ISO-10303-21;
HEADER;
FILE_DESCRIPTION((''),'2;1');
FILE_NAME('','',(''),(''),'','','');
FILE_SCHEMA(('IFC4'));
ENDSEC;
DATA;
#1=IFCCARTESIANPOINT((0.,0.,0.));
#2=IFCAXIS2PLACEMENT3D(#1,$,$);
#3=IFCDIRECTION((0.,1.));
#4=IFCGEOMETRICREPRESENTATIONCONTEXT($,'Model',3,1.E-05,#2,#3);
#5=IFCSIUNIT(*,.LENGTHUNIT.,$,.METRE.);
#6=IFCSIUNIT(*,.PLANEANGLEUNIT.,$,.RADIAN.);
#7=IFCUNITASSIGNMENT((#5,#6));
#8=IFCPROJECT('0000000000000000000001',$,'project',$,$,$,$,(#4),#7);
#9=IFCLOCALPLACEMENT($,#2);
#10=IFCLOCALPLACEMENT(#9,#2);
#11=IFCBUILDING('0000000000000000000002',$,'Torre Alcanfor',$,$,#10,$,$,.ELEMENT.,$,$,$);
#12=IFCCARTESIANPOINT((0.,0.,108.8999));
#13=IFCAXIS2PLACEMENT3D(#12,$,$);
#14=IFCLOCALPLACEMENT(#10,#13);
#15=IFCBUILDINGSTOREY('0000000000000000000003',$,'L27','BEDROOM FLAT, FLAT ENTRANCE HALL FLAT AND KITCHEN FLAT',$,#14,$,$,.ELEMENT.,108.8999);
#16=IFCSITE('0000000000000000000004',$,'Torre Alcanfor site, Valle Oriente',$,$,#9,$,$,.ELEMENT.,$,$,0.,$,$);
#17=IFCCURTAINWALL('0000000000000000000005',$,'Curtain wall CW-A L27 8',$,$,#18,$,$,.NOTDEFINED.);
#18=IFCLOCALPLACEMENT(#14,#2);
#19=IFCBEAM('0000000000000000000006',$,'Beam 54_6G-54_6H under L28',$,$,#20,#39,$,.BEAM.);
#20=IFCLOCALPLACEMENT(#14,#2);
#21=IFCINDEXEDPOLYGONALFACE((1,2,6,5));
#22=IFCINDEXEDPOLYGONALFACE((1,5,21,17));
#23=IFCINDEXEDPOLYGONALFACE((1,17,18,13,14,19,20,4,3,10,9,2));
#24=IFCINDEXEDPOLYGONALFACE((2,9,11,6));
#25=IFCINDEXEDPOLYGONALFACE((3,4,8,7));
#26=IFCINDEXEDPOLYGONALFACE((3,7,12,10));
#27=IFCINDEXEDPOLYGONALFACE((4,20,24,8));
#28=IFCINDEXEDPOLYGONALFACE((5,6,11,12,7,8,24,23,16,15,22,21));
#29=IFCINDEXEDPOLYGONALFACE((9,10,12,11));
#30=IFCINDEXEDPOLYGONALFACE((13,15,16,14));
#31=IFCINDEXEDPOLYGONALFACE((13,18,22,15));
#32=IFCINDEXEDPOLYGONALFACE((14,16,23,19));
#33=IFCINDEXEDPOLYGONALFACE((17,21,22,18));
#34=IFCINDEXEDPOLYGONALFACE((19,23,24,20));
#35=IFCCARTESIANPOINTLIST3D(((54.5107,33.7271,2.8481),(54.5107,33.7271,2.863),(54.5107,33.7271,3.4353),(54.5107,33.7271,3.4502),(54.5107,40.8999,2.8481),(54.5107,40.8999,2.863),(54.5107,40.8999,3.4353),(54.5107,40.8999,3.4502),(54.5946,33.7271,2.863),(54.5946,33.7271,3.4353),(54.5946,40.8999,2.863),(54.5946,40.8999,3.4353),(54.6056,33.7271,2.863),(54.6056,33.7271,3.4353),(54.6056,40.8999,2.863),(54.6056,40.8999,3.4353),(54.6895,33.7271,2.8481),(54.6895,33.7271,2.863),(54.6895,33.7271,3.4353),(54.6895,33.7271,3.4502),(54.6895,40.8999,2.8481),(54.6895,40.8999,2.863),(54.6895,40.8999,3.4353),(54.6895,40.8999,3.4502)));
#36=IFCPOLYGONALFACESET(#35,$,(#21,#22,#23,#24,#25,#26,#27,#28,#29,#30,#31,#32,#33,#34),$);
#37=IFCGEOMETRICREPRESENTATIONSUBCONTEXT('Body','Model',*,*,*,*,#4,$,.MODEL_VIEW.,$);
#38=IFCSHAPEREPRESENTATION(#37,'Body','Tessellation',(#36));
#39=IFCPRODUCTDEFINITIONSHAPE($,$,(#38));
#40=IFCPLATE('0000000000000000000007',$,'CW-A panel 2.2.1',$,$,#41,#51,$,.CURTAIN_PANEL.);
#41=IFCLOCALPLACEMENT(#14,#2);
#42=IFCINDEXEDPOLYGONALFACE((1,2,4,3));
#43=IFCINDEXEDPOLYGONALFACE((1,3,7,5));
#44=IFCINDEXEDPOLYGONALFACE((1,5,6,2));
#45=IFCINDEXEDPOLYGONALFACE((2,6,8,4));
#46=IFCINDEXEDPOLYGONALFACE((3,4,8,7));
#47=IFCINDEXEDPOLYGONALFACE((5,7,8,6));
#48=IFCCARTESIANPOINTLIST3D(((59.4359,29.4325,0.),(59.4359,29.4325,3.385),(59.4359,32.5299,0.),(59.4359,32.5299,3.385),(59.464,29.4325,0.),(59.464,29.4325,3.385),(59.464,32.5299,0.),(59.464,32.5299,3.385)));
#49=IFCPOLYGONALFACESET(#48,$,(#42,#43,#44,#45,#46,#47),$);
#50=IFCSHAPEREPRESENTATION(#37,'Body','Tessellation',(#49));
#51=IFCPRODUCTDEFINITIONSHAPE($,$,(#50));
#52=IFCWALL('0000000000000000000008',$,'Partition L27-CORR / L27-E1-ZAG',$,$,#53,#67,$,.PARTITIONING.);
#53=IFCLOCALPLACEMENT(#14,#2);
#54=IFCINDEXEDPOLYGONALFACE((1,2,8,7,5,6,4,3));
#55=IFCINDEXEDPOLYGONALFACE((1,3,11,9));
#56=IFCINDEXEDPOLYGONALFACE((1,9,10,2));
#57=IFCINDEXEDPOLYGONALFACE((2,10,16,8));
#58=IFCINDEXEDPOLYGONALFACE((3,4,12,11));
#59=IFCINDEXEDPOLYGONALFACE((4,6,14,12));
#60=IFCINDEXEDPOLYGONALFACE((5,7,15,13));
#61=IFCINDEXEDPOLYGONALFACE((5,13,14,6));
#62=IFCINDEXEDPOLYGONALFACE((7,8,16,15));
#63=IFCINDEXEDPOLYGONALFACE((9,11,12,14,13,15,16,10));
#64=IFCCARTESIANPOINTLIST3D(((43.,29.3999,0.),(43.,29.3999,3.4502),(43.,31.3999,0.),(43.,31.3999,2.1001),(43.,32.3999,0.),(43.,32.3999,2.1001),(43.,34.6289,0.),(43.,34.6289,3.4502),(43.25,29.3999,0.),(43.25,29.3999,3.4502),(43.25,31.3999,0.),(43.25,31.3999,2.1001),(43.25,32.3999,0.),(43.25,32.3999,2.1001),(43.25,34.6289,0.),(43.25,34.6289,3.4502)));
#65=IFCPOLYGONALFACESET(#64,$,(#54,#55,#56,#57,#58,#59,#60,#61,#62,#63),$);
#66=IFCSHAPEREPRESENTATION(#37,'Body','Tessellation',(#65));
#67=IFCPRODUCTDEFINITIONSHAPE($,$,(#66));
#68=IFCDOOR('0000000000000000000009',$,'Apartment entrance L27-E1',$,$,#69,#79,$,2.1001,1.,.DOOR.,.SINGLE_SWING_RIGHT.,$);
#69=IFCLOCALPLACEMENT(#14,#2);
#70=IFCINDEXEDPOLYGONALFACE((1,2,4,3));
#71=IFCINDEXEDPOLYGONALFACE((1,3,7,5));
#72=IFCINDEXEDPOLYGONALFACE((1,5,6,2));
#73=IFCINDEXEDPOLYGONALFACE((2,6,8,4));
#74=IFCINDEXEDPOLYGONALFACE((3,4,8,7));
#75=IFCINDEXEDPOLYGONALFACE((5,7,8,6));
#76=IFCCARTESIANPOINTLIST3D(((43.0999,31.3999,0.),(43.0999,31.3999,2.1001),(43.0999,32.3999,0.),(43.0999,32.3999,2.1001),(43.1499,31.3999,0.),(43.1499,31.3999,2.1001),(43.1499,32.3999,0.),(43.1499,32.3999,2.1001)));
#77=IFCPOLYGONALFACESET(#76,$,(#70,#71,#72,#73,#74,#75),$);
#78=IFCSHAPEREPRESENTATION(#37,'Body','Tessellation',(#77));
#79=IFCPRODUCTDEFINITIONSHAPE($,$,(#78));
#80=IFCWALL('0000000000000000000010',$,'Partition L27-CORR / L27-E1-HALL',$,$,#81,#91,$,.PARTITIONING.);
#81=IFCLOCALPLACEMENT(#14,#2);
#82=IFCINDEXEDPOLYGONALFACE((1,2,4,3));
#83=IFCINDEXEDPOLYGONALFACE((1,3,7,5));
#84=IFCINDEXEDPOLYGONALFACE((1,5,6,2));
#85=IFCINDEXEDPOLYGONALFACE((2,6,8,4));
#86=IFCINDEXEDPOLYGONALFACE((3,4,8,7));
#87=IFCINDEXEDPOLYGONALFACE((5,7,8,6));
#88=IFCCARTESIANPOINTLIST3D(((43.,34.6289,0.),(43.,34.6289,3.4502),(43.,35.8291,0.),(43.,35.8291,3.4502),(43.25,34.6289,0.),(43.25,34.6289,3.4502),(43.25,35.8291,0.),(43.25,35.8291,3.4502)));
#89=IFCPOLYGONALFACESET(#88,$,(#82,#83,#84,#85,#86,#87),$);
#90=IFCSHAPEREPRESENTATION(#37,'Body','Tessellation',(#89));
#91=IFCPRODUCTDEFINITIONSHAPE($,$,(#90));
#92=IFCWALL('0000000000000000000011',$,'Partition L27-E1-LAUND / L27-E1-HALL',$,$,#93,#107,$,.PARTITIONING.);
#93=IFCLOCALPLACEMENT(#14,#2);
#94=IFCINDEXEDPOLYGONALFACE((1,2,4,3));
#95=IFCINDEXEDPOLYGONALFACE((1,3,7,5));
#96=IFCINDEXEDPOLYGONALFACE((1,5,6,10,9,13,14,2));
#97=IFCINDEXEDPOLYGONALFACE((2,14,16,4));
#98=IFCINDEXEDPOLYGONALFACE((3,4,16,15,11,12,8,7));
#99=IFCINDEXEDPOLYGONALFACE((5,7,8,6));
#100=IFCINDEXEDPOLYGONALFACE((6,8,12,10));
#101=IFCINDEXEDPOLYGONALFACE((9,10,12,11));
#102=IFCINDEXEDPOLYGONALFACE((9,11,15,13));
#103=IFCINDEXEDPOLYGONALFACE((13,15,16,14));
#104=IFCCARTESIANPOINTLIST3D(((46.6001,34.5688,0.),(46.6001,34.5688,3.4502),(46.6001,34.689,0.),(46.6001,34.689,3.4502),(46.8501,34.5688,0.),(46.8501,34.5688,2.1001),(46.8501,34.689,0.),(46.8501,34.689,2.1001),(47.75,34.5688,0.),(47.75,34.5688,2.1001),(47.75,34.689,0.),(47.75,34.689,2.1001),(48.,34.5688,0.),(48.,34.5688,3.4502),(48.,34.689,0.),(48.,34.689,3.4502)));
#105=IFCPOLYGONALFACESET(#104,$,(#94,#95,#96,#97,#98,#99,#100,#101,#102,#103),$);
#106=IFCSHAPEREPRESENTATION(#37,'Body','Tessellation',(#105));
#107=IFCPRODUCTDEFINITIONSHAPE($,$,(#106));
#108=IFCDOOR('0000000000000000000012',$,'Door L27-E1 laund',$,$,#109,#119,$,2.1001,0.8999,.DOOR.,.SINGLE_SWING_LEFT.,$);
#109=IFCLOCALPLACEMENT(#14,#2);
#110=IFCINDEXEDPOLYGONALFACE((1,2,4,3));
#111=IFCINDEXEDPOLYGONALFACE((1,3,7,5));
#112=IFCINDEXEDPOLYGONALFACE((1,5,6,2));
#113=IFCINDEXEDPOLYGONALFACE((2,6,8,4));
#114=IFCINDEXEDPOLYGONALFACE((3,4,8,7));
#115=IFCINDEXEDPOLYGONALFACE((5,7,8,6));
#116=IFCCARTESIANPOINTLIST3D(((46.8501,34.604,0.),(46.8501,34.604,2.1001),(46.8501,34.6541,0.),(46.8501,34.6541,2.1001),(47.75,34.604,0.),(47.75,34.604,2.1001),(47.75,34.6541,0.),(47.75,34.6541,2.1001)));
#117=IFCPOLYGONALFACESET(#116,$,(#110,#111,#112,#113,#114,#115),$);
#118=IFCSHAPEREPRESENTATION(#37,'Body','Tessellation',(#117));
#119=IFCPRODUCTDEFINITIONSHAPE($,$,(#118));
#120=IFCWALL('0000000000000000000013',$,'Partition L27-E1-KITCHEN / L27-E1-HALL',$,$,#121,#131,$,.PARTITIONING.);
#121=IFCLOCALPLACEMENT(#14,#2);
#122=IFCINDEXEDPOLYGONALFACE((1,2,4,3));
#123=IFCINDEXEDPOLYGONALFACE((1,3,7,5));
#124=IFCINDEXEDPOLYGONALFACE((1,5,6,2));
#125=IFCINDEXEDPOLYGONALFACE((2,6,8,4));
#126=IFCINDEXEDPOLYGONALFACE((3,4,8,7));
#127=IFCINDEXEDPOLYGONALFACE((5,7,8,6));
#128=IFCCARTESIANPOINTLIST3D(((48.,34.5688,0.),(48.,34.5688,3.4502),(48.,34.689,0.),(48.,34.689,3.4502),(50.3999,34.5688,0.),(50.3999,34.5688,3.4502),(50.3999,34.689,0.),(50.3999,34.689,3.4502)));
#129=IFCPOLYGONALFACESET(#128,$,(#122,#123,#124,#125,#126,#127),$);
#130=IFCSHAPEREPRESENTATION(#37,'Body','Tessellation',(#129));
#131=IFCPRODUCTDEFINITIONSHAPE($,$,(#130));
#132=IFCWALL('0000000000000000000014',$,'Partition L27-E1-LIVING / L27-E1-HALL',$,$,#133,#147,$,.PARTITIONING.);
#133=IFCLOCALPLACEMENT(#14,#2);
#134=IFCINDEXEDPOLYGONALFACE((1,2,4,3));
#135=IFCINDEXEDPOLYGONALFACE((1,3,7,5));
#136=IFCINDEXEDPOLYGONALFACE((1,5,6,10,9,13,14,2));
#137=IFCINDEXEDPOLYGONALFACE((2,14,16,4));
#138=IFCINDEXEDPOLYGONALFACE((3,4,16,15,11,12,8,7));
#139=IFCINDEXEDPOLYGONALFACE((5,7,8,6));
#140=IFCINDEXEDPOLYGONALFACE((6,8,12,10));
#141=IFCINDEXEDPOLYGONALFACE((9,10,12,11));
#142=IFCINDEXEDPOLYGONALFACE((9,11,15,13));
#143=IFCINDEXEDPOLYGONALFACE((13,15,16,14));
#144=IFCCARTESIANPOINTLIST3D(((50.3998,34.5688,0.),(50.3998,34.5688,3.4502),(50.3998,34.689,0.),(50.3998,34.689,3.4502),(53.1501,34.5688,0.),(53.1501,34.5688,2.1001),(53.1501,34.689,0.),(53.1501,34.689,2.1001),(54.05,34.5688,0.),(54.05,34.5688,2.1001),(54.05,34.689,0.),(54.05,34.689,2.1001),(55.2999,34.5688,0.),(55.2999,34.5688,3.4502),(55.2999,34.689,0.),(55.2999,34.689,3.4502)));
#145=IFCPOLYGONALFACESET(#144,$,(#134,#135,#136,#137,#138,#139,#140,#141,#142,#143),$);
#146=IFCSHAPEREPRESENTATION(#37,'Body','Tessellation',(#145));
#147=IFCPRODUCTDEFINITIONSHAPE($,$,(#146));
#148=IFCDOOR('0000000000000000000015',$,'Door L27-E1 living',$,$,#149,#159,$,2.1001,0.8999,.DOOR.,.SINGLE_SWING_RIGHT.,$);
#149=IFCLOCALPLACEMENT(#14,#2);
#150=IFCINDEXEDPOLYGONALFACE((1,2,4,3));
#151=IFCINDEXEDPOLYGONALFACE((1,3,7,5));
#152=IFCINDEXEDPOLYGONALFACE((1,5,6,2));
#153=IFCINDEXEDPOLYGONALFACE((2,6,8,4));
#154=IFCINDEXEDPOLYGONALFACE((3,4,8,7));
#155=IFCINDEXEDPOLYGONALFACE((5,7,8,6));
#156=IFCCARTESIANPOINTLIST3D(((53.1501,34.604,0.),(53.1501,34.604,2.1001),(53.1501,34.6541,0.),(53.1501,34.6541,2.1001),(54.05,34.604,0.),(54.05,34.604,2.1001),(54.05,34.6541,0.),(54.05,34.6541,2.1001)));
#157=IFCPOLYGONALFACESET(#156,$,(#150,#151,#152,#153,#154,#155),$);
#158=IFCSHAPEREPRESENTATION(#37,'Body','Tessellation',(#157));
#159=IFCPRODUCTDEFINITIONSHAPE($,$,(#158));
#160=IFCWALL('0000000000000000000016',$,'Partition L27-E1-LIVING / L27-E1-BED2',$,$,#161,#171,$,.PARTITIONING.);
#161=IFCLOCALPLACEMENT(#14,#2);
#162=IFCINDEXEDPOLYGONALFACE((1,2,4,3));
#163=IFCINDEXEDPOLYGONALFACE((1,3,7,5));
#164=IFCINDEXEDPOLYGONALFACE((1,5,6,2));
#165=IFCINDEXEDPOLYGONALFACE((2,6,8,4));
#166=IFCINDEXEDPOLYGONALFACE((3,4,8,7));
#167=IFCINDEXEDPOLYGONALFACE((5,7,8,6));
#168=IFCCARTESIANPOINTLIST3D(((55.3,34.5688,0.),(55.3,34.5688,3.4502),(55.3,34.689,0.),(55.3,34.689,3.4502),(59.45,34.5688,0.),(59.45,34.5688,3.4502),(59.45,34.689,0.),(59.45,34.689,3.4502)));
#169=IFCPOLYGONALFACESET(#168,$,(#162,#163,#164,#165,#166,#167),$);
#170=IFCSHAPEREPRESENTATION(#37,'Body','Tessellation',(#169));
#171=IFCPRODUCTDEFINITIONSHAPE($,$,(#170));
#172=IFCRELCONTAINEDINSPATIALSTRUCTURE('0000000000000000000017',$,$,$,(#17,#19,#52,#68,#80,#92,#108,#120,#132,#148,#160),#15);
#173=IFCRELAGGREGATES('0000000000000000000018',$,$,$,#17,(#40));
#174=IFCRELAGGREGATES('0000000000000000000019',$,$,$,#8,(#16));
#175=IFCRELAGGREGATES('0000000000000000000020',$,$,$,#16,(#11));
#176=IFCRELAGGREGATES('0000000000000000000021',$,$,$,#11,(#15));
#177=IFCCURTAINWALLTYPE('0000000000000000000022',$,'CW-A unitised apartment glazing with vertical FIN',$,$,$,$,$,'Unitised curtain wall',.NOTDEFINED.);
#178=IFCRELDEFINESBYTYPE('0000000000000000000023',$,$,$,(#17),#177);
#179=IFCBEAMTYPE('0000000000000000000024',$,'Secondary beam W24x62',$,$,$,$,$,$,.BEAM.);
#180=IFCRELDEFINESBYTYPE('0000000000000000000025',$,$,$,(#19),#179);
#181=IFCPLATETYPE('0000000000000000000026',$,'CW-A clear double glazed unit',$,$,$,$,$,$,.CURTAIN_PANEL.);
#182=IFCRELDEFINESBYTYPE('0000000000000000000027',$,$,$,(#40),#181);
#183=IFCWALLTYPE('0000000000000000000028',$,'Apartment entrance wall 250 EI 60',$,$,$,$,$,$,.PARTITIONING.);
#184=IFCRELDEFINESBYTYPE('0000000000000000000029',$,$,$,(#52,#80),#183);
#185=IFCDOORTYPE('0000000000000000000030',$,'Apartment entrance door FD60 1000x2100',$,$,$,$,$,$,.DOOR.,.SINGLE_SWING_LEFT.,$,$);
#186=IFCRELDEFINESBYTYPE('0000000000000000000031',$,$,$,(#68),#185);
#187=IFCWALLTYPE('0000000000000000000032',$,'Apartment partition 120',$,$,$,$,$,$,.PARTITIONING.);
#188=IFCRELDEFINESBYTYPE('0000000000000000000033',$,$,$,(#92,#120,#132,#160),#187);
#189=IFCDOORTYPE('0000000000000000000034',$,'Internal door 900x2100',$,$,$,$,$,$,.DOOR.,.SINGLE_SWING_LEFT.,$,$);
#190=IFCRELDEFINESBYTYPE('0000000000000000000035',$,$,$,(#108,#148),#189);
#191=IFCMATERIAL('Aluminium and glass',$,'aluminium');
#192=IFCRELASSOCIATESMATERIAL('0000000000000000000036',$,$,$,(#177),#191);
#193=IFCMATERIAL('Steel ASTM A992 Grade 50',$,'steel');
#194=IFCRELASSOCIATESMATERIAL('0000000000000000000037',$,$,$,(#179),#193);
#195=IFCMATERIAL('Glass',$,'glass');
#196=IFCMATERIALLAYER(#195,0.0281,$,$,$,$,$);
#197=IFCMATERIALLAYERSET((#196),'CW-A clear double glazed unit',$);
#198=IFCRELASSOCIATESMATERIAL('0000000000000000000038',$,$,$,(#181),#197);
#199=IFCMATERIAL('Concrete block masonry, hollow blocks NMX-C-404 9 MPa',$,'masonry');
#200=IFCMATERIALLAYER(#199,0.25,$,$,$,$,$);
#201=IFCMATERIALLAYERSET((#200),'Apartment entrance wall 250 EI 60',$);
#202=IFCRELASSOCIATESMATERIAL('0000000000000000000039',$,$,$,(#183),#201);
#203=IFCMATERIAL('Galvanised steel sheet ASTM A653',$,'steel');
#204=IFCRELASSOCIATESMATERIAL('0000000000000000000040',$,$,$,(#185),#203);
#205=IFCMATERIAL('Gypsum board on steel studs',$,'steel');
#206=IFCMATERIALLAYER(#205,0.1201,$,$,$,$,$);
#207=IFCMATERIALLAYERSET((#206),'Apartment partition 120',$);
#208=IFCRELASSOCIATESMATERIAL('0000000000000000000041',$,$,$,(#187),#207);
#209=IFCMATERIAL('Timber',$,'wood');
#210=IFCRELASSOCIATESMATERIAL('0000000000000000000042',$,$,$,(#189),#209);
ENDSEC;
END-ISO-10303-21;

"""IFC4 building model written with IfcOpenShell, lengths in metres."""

from ifc_helpers import new_model, si_unit, direction, frame, frame_2d, origin, origin_2d, place, context, subcontext, project, spatial, rectangle, i_section, extrude, material, layer, layer_set, material_profile, profile_set, type_object, element, fill, aggregate, save


model = new_model("IFC4")

# Units and contexts
model_context = context("Model", 3, precision=1e-05, world=origin(), true_north=direction((0.0, 1.0)))
body_context = subcontext(model_context, "Body", "Model", "MODEL_VIEW")
ifc_project = project(units=[si_unit("LENGTHUNIT", "METRE"), si_unit("PLANEANGLEUNIT", "RADIAN")], contexts=[model_context])

# Site, building, storey
site_placement = place(None, origin())
site = spatial("IfcSite", under=ifc_project, at=site_placement, Name="Torre Alcanfor site, Valle Oriente", CompositionType="ELEMENT", RefElevation=0.0)
building_placement = place(site_placement, origin())
building = spatial("IfcBuilding", under=site, at=building_placement, Name="Torre Alcanfor", CompositionType="ELEMENT")
storey_placement = place(building_placement, frame((0.0, 0.0, 108.8999)))
storey = spatial("IfcBuildingStorey", under=building, at=storey_placement, Name="L27", Description="BEDROOM FLAT, FLAT ENTRANCE HALL FLAT AND KITCHEN FLAT", CompositionType="ELEMENT", Elevation=108.8999)

# Curtain wall
ifc_material_1 = material(Name="Aluminium and glass", Category="aluminium")
curtain_wall_type = type_object("IfcCurtainWallType", Name="CW-A unitised apartment glazing with vertical FIN", ElementType="Unitised curtain wall", PredefinedType="NOTDEFINED", material=ifc_material_1)
curtain_wall_placement = place(storey_placement, origin())
curtain_wall = element("IfcCurtainWall", 1, at=curtain_wall_placement, inside=storey, type_object=curtain_wall_type, Name="Curtain wall CW-A L27 8", PredefinedType="NOTDEFINED")

# Beam
ifc_material_2 = material(Name="Steel ASTM A992 Grade 50", Category="steel")
ifc_material_profile_1 = material_profile(ifc_material_2, i_section(OverallWidth=0.1787, OverallDepth=0.6021, WebThickness=0.011, FlangeThickness=0.0149, at=origin_2d()), Name="W24x62")
ifc_profile_set_1 = profile_set([ifc_material_profile_1], Name="Steel ASTM A992 Grade 50")
beam_type_1 = type_object("IfcBeamType", Name="Secondary beam W24x62", PredefinedType="BEAM", material=ifc_profile_set_1)
for number, where, z_axis, x_axis, name in (
    (2, (54.6001, 33.7271, 3.1492), (0.0, 1.0, 0.0), (-1.0, 0.0, 0.0), "Beam 54_6G-54_6H under L28"),
):
    element("IfcBeam", number, at=place(storey_placement, frame(where, z_axis=z_axis, x_axis=x_axis)), inside=storey, type_object=beam_type_1, Name=name, PredefinedType="BEAM", context=body_context, shape_type="SweptSolid", body=[
        extrude(i_section(OverallWidth=0.1787, OverallDepth=0.6021, WebThickness=0.011, FlangeThickness=0.0149, at=origin_2d()), origin(), (0.0, 0.0, 1.0), 7.1729),
    ])

# Plate
ifc_material_3 = material(Name="Glass", Category="glass")
ifc_layer_1 = layer(ifc_material_3, 0.0281)
ifc_layer_set_1 = layer_set([ifc_layer_1], Name="CW-A clear double glazed unit")
plate_type = type_object("IfcPlateType", Name="CW-A clear double glazed unit", PredefinedType="CURTAIN_PANEL", material=ifc_layer_set_1)
plate_placement = place(storey_placement, frame((59.45, 30.9812, 0.0), z_axis=(0.0, 0.0, 1.0), x_axis=(0.0, 1.0, 0.0)))
plate = element("IfcPlate", 3, at=plate_placement, type_object=plate_type, Name="CW-A panel 2.2.1", PredefinedType="CURTAIN_PANEL", context=body_context, shape_type="SweptSolid", body=[
    extrude(rectangle(XDim=3.0974, YDim=0.0281, at=origin_2d()), origin(), (0.0, 0.0, 1.0), 3.385),
])
aggregate(curtain_wall, [plate])

# Wall, opening, door
ifc_material_4 = material(Name="Concrete block masonry, hollow blocks NMX-C-404 9 MPa", Category="masonry")
ifc_layer_2 = layer(ifc_material_4, 0.25)
ifc_layer_set_2 = layer_set([ifc_layer_2], Name="Apartment entrance wall 250 EI 60")
wall_type_1 = type_object("IfcWallType", Name="Apartment entrance wall 250 EI 60", PredefinedType="PARTITIONING", material=ifc_layer_set_2)
wall_1_placement = place(storey_placement, frame((43.125, 34.6289, 0.0), z_axis=(0.0, 0.0, 1.0), x_axis=(0.0, -1.0, 0.0)))
wall_1 = element("IfcWall", 4, at=wall_1_placement, inside=storey, type_object=wall_type_1, Name="Partition L27-CORR / L27-E1-ZAG", PredefinedType="PARTITIONING", context=body_context, shape_type="SweptSolid", body=[
    extrude(rectangle(XDim=5.229, YDim=0.25, at=frame_2d((2.6145, 0.0))), origin(), (0.0, 0.0, 1.0), 3.4502),
])
opening_1_placement = place(wall_1_placement, frame((2.229, 0.0, 0.0)))
opening_1 = element("IfcOpeningElement", 5, at=opening_1_placement, cuts=wall_1, PredefinedType="OPENING", context=body_context, shape_type="SweptSolid", body=[
    extrude(rectangle(XDim=1.0, YDim=2.1001, at=frame_2d((0.5, 1.05))), frame((0.0, 0.135, 0.0), z_axis=(0.0, -1.0, 0.0), x_axis=(1.0, 0.0, 0.0)), (0.0, 0.0, 1.0), 0.27),
])
ifc_material_5 = material(Name="Galvanised steel sheet ASTM A653", Category="steel")
door_type_1 = type_object("IfcDoorType", Name="Apartment entrance door FD60 1000x2100", OperationType="SINGLE_SWING_LEFT", PredefinedType="DOOR", material=ifc_material_5)
door_1_placement = place(opening_1_placement, origin())
door_1 = element("IfcDoor", 6, at=door_1_placement, inside=storey, type_object=door_type_1, Name="Apartment entrance L27-E1", OperationType="SINGLE_SWING_RIGHT", OverallHeight=2.1001, OverallWidth=1.0, PredefinedType="DOOR", context=body_context, shape_type="SweptSolid", body=[
    extrude(rectangle(XDim=1.0, YDim=2.1001, at=frame_2d((0.5, 1.05))), frame((0.0, 0.0249, 0.0), z_axis=(0.0, -1.0, 0.0), x_axis=(1.0, 0.0, 0.0)), (0.0, 0.0, 1.0), 0.05),
])
fill(opening_1, door_1)

# Wall
wall_2_placement = place(storey_placement, frame((43.125, 35.8291, 0.0), z_axis=(0.0, 0.0, 1.0), x_axis=(0.0, -1.0, 0.0)))
element("IfcWall", 7, at=wall_2_placement, inside=storey, type_object=wall_type_1, Name="Partition L27-CORR / L27-E1-HALL", PredefinedType="PARTITIONING", context=body_context, shape_type="SweptSolid", body=[
    extrude(rectangle(XDim=1.2002, YDim=0.25, at=frame_2d((0.6001, 0.0))), origin(), (0.0, 0.0, 1.0), 3.4502),
])

# Wall, opening, door
ifc_material_6 = material(Name="Gypsum board on steel studs", Category="steel")
ifc_layer_3 = layer(ifc_material_6, 0.1201)
ifc_layer_set_3 = layer_set([ifc_layer_3], Name="Apartment partition 120")
wall_type_2 = type_object("IfcWallType", Name="Apartment partition 120", PredefinedType="PARTITIONING", material=ifc_layer_set_3)
wall_3_placement = place(storey_placement, frame((48.0, 34.6289, 0.0), z_axis=(0.0, 0.0, 1.0), x_axis=(-1.0, 0.0, 0.0)))
wall_3 = element("IfcWall", 8, at=wall_3_placement, inside=storey, type_object=wall_type_2, Name="Partition L27-E1-LAUND / L27-E1-HALL", PredefinedType="PARTITIONING", context=body_context, shape_type="SweptSolid", body=[
    extrude(rectangle(XDim=1.3999, YDim=0.1201, at=frame_2d((0.7, 0.0))), origin(), (0.0, 0.0, 1.0), 3.4502),
])
opening_2_placement = place(wall_3_placement, frame((0.25, 0.0, 0.0)))
opening_2 = element("IfcOpeningElement", 9, at=opening_2_placement, cuts=wall_3, PredefinedType="OPENING", context=body_context, shape_type="SweptSolid", body=[
    extrude(rectangle(XDim=0.8999, YDim=2.1001, at=frame_2d((0.45, 1.05))), frame((0.0, 0.0701, 0.0), z_axis=(0.0, -1.0, 0.0), x_axis=(1.0, 0.0, 0.0)), (0.0, 0.0, 1.0), 0.1401),
])
ifc_material_7 = material(Name="Timber", Category="wood")
door_type_2 = type_object("IfcDoorType", Name="Internal door 900x2100", OperationType="SINGLE_SWING_LEFT", PredefinedType="DOOR", material=ifc_material_7)
door_2_placement = place(opening_2_placement, origin())
door_2 = element("IfcDoor", 10, at=door_2_placement, inside=storey, type_object=door_type_2, Name="Door L27-E1 laund", OperationType="SINGLE_SWING_LEFT", OverallHeight=2.1001, OverallWidth=0.8999, PredefinedType="DOOR", context=body_context, shape_type="SweptSolid", body=[
    extrude(rectangle(XDim=0.8999, YDim=2.1001, at=frame_2d((0.45, 1.05))), frame((0.0, 0.0249, 0.0), z_axis=(0.0, -1.0, 0.0), x_axis=(1.0, 0.0, 0.0)), (0.0, 0.0, 1.0), 0.05),
])
fill(opening_2, door_2)

# Wall
wall_4_placement = place(storey_placement, frame((50.3999, 34.6289, 0.0), z_axis=(0.0, 0.0, 1.0), x_axis=(-1.0, 0.0, 0.0)))
element("IfcWall", 11, at=wall_4_placement, inside=storey, type_object=wall_type_2, Name="Partition L27-E1-KITCHEN / L27-E1-HALL", PredefinedType="PARTITIONING", context=body_context, shape_type="SweptSolid", body=[
    extrude(rectangle(XDim=2.3999, YDim=0.1201, at=frame_2d((1.2, 0.0))), origin(), (0.0, 0.0, 1.0), 3.4502),
])

# Wall, opening, door
wall_5_placement = place(storey_placement, frame((55.3, 34.6289, 0.0), z_axis=(0.0, 0.0, 1.0), x_axis=(-1.0, 0.0, 0.0)))
wall_5 = element("IfcWall", 12, at=wall_5_placement, inside=storey, type_object=wall_type_2, Name="Partition L27-E1-LIVING / L27-E1-HALL", PredefinedType="PARTITIONING", context=body_context, shape_type="SweptSolid", body=[
    extrude(rectangle(XDim=4.9001, YDim=0.1201, at=frame_2d((2.4502, 0.0))), origin(), (0.0, 0.0, 1.0), 3.4502),
])
opening_3_placement = place(wall_5_placement, frame((1.25, 0.0, 0.0)))
opening_3 = element("IfcOpeningElement", 13, at=opening_3_placement, cuts=wall_5, PredefinedType="OPENING", context=body_context, shape_type="SweptSolid", body=[
    extrude(rectangle(XDim=0.8999, YDim=2.1001, at=frame_2d((0.45, 1.05))), frame((0.0, 0.0701, 0.0), z_axis=(0.0, -1.0, 0.0), x_axis=(1.0, 0.0, 0.0)), (0.0, 0.0, 1.0), 0.1401),
])
door_3_placement = place(opening_3_placement, origin())
door_3 = element("IfcDoor", 14, at=door_3_placement, inside=storey, type_object=door_type_2, Name="Door L27-E1 living", OperationType="SINGLE_SWING_RIGHT", OverallHeight=2.1001, OverallWidth=0.8999, PredefinedType="DOOR", context=body_context, shape_type="SweptSolid", body=[
    extrude(rectangle(XDim=0.8999, YDim=2.1001, at=frame_2d((0.45, 1.05))), frame((0.0, 0.0249, 0.0), z_axis=(0.0, -1.0, 0.0), x_axis=(1.0, 0.0, 0.0)), (0.0, 0.0, 1.0), 0.05),
])
fill(opening_3, door_3)

# Wall
wall_6_placement = place(storey_placement, frame((59.45, 34.6289, 0.0), z_axis=(0.0, 0.0, 1.0), x_axis=(-1.0, 0.0, 0.0)))
element("IfcWall", 15, at=wall_6_placement, inside=storey, type_object=wall_type_2, Name="Partition L27-E1-LIVING / L27-E1-BED2", PredefinedType="PARTITIONING", context=body_context, shape_type="SweptSolid", body=[
    extrude(rectangle(XDim=4.1499, YDim=0.1201, at=frame_2d((2.075, 0.0))), origin(), (0.0, 0.0, 1.0), 3.4502),
])

save(model, "model.ifc")
